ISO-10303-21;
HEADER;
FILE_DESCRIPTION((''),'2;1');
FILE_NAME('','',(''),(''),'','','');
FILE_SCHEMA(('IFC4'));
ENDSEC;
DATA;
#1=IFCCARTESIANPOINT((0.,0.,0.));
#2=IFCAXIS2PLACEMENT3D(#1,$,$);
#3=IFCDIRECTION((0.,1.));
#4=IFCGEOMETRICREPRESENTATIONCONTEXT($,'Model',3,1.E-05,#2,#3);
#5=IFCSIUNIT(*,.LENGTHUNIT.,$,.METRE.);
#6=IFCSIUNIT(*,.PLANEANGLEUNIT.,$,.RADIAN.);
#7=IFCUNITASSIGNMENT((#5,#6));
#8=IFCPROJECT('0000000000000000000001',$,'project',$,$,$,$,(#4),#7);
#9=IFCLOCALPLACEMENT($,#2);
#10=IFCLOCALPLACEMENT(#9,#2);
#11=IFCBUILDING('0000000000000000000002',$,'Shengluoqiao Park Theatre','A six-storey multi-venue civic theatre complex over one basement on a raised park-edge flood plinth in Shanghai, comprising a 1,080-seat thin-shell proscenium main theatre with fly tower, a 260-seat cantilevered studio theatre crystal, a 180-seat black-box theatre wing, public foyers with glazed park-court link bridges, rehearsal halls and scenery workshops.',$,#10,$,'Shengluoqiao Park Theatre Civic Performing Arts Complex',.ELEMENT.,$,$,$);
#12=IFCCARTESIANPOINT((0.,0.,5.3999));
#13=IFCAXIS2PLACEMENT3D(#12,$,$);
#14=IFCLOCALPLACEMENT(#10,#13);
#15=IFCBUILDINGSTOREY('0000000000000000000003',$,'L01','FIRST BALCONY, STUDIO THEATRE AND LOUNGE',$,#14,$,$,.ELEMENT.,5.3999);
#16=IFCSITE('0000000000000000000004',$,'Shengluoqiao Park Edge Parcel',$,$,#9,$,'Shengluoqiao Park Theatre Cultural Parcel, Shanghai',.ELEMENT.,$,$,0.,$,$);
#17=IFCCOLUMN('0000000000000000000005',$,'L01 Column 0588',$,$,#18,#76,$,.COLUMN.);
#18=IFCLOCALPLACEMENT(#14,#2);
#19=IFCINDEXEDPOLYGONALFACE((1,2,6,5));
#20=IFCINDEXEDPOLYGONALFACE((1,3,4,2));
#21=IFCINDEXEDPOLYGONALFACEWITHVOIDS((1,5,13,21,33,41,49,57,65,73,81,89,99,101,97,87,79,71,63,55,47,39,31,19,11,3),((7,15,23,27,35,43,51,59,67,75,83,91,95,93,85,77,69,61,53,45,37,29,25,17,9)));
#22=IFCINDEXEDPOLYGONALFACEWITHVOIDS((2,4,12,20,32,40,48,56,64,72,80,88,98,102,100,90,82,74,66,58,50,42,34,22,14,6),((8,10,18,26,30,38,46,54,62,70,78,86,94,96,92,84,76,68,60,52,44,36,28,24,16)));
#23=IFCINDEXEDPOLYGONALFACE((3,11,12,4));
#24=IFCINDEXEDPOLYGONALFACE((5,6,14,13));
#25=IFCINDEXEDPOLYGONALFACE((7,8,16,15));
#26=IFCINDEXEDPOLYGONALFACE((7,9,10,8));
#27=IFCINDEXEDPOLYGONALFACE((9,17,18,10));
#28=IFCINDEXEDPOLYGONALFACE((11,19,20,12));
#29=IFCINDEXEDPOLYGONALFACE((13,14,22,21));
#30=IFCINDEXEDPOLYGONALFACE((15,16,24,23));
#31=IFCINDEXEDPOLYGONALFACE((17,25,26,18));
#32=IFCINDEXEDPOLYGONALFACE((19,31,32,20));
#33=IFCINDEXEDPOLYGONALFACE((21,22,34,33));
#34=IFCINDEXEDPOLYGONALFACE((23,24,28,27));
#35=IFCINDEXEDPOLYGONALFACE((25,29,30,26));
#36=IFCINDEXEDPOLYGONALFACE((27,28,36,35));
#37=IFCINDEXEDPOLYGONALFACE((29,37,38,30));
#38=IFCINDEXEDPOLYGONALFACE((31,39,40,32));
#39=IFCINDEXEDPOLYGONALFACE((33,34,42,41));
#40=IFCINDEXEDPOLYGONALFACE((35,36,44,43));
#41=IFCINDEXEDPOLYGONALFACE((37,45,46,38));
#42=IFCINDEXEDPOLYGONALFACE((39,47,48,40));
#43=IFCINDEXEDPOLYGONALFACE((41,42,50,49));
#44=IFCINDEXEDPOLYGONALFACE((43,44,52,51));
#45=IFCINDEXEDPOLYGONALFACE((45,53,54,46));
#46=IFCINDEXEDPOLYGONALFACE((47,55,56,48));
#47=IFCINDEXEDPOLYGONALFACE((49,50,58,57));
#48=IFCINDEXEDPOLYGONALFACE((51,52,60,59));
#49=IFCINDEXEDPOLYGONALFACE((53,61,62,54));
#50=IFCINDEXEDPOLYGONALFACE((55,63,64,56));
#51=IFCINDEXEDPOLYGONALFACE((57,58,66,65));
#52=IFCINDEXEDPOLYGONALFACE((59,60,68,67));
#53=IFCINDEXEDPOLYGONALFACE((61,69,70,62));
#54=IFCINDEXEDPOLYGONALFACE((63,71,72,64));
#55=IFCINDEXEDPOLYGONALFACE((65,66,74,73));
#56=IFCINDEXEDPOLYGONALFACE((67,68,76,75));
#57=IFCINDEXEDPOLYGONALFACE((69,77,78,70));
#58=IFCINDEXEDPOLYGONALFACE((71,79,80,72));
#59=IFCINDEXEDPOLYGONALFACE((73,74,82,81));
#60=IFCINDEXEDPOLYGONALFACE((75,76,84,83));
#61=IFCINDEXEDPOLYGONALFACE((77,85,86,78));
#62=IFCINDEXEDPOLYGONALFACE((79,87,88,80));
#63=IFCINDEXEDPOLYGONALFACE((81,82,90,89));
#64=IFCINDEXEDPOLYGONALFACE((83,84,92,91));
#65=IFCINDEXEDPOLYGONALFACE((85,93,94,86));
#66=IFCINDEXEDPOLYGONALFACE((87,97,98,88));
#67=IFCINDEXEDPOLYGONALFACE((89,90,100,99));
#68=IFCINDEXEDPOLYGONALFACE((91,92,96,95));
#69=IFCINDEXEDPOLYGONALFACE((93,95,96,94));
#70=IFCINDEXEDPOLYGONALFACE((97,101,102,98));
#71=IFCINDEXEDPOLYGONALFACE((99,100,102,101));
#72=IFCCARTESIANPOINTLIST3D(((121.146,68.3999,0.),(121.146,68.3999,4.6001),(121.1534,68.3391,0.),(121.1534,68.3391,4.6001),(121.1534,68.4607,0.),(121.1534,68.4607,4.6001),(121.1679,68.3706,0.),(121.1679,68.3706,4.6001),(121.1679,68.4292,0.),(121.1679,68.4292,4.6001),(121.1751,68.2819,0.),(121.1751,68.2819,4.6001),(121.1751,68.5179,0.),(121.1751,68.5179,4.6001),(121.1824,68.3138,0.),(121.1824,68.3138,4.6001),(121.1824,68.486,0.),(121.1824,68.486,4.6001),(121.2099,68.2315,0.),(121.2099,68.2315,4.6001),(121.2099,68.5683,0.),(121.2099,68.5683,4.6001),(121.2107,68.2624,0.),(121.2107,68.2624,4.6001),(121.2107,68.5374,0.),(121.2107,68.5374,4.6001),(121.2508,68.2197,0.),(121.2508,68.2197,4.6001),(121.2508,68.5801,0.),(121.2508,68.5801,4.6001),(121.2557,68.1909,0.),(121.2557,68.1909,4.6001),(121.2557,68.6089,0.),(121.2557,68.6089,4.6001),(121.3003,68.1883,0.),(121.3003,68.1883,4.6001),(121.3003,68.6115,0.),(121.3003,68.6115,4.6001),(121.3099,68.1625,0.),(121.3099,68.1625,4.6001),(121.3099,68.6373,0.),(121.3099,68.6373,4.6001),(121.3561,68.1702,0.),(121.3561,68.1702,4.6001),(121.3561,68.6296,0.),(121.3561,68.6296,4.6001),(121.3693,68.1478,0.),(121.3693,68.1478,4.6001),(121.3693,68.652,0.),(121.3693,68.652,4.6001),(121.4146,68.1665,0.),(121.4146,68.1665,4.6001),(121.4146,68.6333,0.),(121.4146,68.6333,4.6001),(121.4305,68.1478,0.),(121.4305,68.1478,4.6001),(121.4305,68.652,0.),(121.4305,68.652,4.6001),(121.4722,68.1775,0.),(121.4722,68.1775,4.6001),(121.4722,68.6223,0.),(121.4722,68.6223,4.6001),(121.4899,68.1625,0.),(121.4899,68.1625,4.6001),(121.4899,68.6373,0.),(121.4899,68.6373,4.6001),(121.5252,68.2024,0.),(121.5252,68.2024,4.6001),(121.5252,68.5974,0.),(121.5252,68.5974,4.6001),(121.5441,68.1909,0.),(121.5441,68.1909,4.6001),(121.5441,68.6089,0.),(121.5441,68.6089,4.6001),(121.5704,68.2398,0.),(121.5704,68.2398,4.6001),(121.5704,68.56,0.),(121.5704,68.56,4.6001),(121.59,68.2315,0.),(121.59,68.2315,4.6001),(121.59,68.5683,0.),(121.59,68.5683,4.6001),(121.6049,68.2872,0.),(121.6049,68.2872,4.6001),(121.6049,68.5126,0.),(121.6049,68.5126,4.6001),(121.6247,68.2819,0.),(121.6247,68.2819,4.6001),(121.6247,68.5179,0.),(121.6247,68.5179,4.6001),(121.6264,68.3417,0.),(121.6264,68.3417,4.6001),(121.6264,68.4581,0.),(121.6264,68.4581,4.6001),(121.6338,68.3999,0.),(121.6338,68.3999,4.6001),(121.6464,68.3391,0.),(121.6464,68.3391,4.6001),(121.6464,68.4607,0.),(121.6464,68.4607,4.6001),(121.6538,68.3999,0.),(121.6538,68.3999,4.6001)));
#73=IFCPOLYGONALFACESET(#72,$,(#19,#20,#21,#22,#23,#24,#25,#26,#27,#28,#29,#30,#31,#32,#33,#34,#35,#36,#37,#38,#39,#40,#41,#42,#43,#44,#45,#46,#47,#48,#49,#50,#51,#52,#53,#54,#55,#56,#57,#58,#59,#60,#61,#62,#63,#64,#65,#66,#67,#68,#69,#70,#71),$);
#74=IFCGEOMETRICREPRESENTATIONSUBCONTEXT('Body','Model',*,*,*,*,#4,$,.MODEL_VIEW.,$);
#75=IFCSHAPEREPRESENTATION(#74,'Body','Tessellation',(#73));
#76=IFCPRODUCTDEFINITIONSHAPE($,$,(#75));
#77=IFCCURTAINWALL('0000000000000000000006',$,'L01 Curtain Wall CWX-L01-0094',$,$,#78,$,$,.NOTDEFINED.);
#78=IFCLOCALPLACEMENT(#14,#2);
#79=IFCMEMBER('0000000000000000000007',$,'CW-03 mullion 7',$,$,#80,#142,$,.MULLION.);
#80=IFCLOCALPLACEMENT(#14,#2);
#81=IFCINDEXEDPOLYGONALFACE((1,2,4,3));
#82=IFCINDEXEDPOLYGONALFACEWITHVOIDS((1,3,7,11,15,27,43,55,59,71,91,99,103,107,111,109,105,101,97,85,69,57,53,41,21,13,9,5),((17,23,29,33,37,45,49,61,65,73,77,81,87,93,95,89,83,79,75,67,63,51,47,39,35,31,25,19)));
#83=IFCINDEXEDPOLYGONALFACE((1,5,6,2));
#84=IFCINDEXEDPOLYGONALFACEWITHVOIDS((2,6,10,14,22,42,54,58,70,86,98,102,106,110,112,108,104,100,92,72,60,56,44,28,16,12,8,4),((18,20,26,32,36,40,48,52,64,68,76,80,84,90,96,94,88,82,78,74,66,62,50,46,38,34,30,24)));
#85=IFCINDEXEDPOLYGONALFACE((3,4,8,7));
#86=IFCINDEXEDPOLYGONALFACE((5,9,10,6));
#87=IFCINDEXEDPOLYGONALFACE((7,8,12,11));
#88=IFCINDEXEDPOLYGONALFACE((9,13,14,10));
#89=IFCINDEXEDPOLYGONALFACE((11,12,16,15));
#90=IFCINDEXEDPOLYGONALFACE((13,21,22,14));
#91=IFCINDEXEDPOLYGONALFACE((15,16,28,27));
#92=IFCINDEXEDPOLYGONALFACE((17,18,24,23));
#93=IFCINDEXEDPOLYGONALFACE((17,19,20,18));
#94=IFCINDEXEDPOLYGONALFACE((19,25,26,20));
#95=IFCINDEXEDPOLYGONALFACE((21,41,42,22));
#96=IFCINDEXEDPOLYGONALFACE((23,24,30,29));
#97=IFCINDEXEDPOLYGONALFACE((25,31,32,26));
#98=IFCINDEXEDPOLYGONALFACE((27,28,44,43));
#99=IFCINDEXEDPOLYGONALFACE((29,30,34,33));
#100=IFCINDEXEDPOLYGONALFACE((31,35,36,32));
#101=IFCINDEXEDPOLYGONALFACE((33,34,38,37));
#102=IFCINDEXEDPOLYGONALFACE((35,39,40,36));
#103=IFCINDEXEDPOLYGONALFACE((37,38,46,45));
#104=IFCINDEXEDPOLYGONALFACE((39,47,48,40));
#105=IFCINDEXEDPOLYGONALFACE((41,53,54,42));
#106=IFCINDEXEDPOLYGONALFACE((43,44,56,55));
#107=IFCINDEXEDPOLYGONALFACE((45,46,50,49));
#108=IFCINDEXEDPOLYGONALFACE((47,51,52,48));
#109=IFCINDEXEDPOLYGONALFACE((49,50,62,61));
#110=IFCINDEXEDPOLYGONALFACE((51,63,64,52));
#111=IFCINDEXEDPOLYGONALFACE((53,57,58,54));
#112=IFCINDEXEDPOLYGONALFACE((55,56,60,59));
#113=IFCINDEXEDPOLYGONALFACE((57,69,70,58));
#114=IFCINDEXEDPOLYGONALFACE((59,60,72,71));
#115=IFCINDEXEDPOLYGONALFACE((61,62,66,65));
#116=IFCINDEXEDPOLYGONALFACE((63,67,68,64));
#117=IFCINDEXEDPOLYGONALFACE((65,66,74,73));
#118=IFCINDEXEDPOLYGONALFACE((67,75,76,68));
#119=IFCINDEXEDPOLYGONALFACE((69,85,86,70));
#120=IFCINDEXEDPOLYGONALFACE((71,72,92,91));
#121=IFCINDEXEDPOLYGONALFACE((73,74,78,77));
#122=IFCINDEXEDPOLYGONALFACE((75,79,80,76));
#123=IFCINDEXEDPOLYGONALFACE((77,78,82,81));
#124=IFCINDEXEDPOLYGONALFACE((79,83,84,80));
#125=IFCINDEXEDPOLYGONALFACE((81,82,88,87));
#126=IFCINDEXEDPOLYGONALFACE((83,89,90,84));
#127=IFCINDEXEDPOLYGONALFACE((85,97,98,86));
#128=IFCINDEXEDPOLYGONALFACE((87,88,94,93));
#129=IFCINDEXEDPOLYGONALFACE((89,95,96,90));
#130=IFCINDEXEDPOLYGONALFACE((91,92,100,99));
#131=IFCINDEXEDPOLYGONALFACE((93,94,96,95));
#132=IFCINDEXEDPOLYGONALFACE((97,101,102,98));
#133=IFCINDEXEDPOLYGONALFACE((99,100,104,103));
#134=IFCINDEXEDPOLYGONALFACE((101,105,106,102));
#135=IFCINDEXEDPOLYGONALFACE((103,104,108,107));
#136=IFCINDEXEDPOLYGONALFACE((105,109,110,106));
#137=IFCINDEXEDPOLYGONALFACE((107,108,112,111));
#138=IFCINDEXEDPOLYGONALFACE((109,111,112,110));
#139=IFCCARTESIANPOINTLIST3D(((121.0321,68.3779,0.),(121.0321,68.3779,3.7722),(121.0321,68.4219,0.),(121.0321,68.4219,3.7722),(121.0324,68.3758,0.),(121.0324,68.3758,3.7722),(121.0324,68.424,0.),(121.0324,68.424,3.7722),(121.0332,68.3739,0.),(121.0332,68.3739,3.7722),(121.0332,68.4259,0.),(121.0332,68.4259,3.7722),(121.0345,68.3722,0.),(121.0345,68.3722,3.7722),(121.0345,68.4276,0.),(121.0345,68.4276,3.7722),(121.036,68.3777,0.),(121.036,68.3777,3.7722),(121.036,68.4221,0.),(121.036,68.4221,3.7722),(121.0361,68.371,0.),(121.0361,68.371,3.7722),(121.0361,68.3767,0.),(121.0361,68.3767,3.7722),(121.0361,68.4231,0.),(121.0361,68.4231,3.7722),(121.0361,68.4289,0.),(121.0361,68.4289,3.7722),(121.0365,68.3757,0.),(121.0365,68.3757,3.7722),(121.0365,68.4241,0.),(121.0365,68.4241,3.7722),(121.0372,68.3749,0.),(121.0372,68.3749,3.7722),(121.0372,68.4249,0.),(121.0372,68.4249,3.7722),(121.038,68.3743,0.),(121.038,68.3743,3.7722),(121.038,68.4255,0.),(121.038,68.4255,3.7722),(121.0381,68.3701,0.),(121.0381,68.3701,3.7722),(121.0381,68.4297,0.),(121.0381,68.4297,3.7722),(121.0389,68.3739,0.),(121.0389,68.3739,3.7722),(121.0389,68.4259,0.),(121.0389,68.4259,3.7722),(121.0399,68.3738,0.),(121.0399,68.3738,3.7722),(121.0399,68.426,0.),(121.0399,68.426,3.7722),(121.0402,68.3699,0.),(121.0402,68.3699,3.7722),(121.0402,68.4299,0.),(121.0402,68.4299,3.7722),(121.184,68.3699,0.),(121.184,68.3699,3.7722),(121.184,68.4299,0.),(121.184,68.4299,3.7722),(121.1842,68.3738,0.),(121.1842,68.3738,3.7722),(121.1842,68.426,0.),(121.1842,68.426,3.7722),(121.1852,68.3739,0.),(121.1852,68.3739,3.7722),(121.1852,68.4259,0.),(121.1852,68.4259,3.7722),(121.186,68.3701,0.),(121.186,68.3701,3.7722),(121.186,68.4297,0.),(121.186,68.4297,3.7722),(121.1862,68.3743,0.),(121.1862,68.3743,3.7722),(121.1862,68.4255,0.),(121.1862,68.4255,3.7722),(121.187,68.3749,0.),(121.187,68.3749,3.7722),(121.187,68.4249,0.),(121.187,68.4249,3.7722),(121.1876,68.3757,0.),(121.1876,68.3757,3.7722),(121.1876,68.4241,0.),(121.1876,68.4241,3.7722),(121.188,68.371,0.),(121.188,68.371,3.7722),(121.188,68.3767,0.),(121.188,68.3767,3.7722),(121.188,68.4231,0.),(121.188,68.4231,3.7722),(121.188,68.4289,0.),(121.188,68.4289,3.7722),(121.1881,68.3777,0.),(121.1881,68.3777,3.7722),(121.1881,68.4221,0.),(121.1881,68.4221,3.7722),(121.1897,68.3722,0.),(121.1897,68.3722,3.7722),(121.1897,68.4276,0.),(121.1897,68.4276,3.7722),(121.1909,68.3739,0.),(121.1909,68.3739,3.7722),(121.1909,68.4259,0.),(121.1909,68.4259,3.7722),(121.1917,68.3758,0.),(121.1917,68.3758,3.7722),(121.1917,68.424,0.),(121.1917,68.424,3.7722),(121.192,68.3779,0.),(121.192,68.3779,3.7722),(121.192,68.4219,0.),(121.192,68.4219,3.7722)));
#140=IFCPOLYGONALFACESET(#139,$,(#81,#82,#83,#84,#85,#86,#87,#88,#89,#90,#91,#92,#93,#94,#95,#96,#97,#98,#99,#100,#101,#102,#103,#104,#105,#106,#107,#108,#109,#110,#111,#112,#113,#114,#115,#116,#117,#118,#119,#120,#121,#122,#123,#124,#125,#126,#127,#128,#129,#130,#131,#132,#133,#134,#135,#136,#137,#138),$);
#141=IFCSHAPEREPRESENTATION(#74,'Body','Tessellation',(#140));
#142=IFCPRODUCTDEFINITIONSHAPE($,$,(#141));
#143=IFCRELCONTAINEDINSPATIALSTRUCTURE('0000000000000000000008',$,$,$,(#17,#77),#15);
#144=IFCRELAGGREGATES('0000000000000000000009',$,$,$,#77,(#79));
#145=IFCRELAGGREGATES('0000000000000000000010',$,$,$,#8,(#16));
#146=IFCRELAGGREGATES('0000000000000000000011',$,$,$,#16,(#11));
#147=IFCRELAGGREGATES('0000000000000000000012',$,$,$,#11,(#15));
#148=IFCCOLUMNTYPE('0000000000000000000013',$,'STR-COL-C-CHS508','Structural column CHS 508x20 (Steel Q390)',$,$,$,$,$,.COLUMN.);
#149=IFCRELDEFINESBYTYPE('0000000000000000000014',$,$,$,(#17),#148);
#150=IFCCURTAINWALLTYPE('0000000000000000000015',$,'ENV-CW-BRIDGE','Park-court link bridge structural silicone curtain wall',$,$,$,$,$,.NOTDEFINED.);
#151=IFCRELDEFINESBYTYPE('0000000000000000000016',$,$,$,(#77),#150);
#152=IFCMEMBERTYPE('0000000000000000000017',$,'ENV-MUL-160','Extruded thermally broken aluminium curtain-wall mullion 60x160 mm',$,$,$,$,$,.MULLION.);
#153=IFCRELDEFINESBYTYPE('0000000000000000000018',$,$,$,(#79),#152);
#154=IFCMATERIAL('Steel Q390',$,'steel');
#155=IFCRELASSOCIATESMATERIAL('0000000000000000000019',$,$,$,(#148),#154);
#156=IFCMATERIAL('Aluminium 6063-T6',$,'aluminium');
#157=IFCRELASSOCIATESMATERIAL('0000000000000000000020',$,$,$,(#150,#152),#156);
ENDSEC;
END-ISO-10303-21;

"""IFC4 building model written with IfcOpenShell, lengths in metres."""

from ifc_helpers import new_model, si_unit, direction, frame, origin, origin_2d, place, context, subcontext, project, spatial, hollow_rectangle, hollow_circle, extrude, material, material_profile, profile_set, type_object, element, aggregate, save


model = new_model("IFC4")

# Units and contexts
model_context = context("Model", 3, precision=1e-05, world=origin(), true_north=direction((0.0, 1.0)))
body_context = subcontext(model_context, "Body", "Model", "MODEL_VIEW")
ifc_project = project(units=[si_unit("LENGTHUNIT", "METRE"), si_unit("PLANEANGLEUNIT", "RADIAN")], contexts=[model_context])

# Site, building, storey
site_placement = place(None, origin())
site = spatial("IfcSite", under=ifc_project, at=site_placement, Name="Shengluoqiao Park Edge Parcel", LongName="Shengluoqiao Park Theatre Cultural Parcel, Shanghai", CompositionType="ELEMENT", RefElevation=0.0)
building_placement = place(site_placement, origin())
building = spatial("IfcBuilding", under=site, at=building_placement, Name="Shengluoqiao Park Theatre", Description="A six-storey multi-venue civic theatre complex over one basement on a raised park-edge flood plinth in Shanghai, comprising a 1,080-seat thin-shell proscenium main theatre with fly tower, a 260-seat cantilevered studio theatre crystal, a 180-seat black-box theatre wing, public foyers with glazed park-court link bridges, rehearsal halls and scenery workshops.", LongName="Shengluoqiao Park Theatre Civic Performing Arts Complex", CompositionType="ELEMENT")
storey_placement = place(building_placement, frame((0.0, 0.0, 5.3999)))
storey = spatial("IfcBuildingStorey", under=building, at=storey_placement, Name="L01", Description="FIRST BALCONY, STUDIO THEATRE AND LOUNGE", CompositionType="ELEMENT", Elevation=5.3999)

# Column
ifc_material_1 = material(Name="Steel Q390", Category="steel")
ifc_material_profile_1 = material_profile(ifc_material_1, hollow_circle(Radius=0.2539, WallThickness=0.02, at=origin_2d()), Name="CHS 508x20")
ifc_profile_set_1 = profile_set([ifc_material_profile_1], Name="Steel Q390")
column_type = type_object("IfcColumnType", Name="STR-COL-C-CHS508", Description="Structural column CHS 508x20 (Steel Q390)", PredefinedType="COLUMN", material=ifc_profile_set_1)
column_placement = place(storey_placement, frame((121.3999, 68.3999, 0.0), z_axis=(0.0, 0.0, 1.0), x_axis=(1.0, 0.0, 0.0)))
element("IfcColumn", 1, at=column_placement, inside=storey, type_object=column_type, Name="L01 Column 0588", PredefinedType="COLUMN", context=body_context, shape_type="SweptSolid", body=[
    extrude(hollow_circle(Radius=0.2539, WallThickness=0.02, at=origin_2d()), origin(), (0.0, 0.0, 1.0), 4.6001),
])

# Curtain wall, member
ifc_material_2 = material(Name="Aluminium 6063-T6", Category="aluminium")
curtain_wall_type = type_object("IfcCurtainWallType", Name="ENV-CW-BRIDGE", Description="Park-court link bridge structural silicone curtain wall", PredefinedType="NOTDEFINED", material=ifc_material_2)
curtain_wall_1_placement = place(storey_placement, origin())
curtain_wall_1 = element("IfcCurtainWall", 2, at=curtain_wall_1_placement, inside=storey, type_object=curtain_wall_type, Name="L01 Curtain Wall CWX-L01-0094", PredefinedType="NOTDEFINED")
ifc_material_profile_2 = material_profile(ifc_material_2, hollow_rectangle(XDim=0.0601, YDim=0.1599, WallThickness=0.0039, InnerFilletRadius=0.0039, OuterFilletRadius=0.0081, at=origin_2d()), Name="ALU MULLION 160x60x4")
ifc_profile_set_2 = profile_set([ifc_material_profile_2], Name="Aluminium 6063-T6")
member_type_1 = type_object("IfcMemberType", Name="ENV-MUL-160", Description="Extruded thermally broken aluminium curtain-wall mullion 60x160 mm", PredefinedType="MULLION", material=ifc_profile_set_2)
member_1_placement = place(storey_placement, frame((121.1121, 68.3999, 0.0), z_axis=(0.0, 0.0, 1.0), x_axis=(0.0, 1.0, 0.0)))
member_1 = element("IfcMember", 3, at=member_1_placement, type_object=member_type_1, Name="CW-03 mullion 7", PredefinedType="MULLION", context=body_context, shape_type="SweptSolid", body=[
    extrude(hollow_rectangle(XDim=0.0601, YDim=0.1599, WallThickness=0.0039, InnerFilletRadius=0.0039, OuterFilletRadius=0.0081, at=origin_2d()), origin(), (0.0, 0.0, 1.0), 3.7722),
])

aggregate(curtain_wall_1, [member_1])

save(model, "model.ifc")
